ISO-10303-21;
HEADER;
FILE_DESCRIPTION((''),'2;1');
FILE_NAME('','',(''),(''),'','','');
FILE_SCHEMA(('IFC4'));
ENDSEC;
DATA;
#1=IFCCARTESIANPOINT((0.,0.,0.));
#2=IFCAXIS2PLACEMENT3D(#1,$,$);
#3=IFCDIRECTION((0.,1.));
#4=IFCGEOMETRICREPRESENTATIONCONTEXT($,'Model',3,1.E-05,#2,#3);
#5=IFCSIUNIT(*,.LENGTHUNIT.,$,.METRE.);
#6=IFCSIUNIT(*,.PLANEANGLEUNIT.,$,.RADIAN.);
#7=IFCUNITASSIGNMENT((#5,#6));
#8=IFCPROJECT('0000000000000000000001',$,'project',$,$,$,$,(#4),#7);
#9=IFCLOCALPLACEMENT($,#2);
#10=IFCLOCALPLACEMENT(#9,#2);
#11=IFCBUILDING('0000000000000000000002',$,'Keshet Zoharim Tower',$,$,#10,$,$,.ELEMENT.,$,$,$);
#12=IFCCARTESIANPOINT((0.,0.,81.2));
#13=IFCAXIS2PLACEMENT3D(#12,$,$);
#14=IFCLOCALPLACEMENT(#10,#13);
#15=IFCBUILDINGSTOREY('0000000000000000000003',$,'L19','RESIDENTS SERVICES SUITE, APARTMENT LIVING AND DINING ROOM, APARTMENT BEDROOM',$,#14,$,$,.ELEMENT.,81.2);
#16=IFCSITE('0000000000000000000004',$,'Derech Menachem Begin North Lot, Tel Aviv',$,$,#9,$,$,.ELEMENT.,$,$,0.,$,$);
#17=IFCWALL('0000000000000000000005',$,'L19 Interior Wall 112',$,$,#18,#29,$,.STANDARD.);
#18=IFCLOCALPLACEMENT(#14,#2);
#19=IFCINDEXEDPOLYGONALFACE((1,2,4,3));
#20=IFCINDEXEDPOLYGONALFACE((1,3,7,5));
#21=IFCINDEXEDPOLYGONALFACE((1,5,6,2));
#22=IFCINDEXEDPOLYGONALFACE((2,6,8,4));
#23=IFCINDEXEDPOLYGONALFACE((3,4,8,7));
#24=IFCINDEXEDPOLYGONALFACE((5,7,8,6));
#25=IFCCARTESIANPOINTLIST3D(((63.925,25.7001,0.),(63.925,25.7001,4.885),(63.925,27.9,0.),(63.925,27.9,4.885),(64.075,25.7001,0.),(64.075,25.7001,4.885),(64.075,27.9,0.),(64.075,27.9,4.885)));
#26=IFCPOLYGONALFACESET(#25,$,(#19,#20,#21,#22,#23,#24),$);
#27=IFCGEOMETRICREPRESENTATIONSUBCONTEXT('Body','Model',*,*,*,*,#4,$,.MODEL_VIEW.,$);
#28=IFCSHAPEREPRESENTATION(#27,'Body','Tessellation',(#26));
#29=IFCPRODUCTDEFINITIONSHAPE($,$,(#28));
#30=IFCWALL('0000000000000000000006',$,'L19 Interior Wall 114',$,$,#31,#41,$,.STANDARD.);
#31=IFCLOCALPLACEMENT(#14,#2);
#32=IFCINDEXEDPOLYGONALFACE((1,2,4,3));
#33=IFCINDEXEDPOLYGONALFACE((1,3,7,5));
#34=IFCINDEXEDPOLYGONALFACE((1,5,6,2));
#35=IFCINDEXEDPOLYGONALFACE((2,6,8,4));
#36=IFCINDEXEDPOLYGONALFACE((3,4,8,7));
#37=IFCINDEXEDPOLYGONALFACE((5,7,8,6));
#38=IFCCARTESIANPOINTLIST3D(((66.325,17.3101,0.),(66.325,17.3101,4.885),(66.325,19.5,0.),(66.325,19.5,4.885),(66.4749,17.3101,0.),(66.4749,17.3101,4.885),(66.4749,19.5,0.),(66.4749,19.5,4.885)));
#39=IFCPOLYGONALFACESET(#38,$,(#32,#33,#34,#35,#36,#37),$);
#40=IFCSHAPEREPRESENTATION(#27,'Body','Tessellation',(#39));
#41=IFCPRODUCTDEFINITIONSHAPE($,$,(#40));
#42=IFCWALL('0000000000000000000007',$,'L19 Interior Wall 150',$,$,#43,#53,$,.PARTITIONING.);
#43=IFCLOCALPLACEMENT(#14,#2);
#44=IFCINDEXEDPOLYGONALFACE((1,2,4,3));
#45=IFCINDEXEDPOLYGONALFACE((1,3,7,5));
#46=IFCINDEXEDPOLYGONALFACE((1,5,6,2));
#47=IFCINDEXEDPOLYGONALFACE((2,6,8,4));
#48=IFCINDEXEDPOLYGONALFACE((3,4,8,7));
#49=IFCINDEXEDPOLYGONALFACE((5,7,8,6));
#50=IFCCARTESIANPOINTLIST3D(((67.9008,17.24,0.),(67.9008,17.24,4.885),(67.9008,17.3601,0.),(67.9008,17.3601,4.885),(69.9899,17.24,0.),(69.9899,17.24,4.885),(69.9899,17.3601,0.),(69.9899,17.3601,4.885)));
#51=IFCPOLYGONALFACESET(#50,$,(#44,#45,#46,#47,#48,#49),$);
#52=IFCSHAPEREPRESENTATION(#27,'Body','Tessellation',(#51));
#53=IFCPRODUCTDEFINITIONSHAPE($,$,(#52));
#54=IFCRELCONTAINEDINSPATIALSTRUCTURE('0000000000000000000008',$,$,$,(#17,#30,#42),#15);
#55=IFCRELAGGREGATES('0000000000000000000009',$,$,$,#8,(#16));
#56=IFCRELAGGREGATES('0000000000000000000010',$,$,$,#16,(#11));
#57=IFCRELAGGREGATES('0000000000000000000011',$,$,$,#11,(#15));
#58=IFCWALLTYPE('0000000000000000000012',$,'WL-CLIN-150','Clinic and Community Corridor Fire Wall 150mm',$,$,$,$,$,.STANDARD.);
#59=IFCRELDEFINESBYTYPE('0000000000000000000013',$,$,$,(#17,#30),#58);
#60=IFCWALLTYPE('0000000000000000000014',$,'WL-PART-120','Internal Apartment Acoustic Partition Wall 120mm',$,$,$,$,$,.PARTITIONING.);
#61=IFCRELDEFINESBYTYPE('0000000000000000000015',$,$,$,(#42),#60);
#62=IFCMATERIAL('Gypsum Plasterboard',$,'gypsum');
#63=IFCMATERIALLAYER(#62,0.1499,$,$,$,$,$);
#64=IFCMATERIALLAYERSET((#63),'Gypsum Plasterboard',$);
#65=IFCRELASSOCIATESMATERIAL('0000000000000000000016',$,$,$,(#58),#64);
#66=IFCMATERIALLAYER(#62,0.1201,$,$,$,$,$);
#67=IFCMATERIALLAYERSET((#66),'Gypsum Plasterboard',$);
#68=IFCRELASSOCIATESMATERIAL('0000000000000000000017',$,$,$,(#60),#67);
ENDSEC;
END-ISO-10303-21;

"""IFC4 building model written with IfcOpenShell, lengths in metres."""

from ifc_helpers import new_model, si_unit, direction, frame, frame_2d, origin, place, context, subcontext, project, spatial, rectangle, extrude, material, layer, layer_set, type_object, element, save


model = new_model("IFC4")

# Units and contexts
model_context = context("Model", 3, precision=1e-05, world=origin(), true_north=direction((0.0, 1.0)))
body_context = subcontext(model_context, "Body", "Model", "MODEL_VIEW")
ifc_project = project(units=[si_unit("LENGTHUNIT", "METRE"), si_unit("PLANEANGLEUNIT", "RADIAN")], contexts=[model_context])

# Site, building, storey
site_placement = place(None, origin())
site = spatial("IfcSite", under=ifc_project, at=site_placement, Name="Derech Menachem Begin North Lot, Tel Aviv", CompositionType="ELEMENT", RefElevation=0.0)
building_placement = place(site_placement, origin())
building = spatial("IfcBuilding", under=site, at=building_placement, Name="Keshet Zoharim Tower", CompositionType="ELEMENT")
storey_placement = place(building_placement, frame((0.0, 0.0, 81.2)))
storey = spatial("IfcBuildingStorey", under=building, at=storey_placement, Name="L19", Description="RESIDENTS SERVICES SUITE, APARTMENT LIVING AND DINING ROOM, APARTMENT BEDROOM", CompositionType="ELEMENT", Elevation=81.2)

# Walls
ifc_material_1 = material(Name="Gypsum Plasterboard", Category="gypsum")
ifc_layer_1 = layer(ifc_material_1, 0.1499)
ifc_layer_set_1 = layer_set([ifc_layer_1], Name="Gypsum Plasterboard")
wall_type_1 = type_object("IfcWallType", Name="WL-CLIN-150", Description="Clinic and Community Corridor Fire Wall 150mm", PredefinedType="STANDARD", material=ifc_layer_set_1)
wall_1_placement = place(storey_placement, frame((64.0, 25.7, 0.0), z_axis=(0.0, 0.0, 1.0), x_axis=(0.0, 1.0, 0.0)))
element("IfcWall", 1, at=wall_1_placement, inside=storey, type_object=wall_type_1, Name="L19 Interior Wall 112", PredefinedType="STANDARD", context=body_context, shape_type="SweptSolid", body=[
    extrude(rectangle(XDim=2.2, YDim=0.1499, at=frame_2d((1.1001, 0.0))), origin(), (0.0, 0.0, 1.0), 4.885),
])
wall_2_placement = place(storey_placement, frame((66.3999, 17.3101, 0.0), z_axis=(0.0, 0.0, 1.0), x_axis=(0.0, 1.0, 0.0)))
element("IfcWall", 2, at=wall_2_placement, inside=storey, type_object=wall_type_1, Name="L19 Interior Wall 114", PredefinedType="STANDARD", context=body_context, shape_type="SweptSolid", body=[
    extrude(rectangle(XDim=2.1899, YDim=0.1499, at=frame_2d((1.095, 0.0))), origin(), (0.0, 0.0, 1.0), 4.885),
])
ifc_layer_2 = layer(ifc_material_1, 0.1201)
ifc_layer_set_2 = layer_set([ifc_layer_2], Name="Gypsum Plasterboard")
wall_type_2 = type_object("IfcWallType", Name="WL-PART-120", Description="Internal Apartment Acoustic Partition Wall 120mm", PredefinedType="PARTITIONING", material=ifc_layer_set_2)
wall_3_placement = place(storey_placement, frame((67.9009, 17.3, 0.0), z_axis=(0.0, 0.0, 1.0), x_axis=(1.0, 0.0, 0.0)))
element("IfcWall", 3, at=wall_3_placement, inside=storey, type_object=wall_type_2, Name="L19 Interior Wall 150", PredefinedType="PARTITIONING", context=body_context, shape_type="SweptSolid", body=[
    extrude(rectangle(XDim=2.0891, YDim=0.1201, at=frame_2d((1.0444, 0.0))), origin(), (0.0, 0.0, 1.0), 4.885),
])

save(model, "model.ifc")
